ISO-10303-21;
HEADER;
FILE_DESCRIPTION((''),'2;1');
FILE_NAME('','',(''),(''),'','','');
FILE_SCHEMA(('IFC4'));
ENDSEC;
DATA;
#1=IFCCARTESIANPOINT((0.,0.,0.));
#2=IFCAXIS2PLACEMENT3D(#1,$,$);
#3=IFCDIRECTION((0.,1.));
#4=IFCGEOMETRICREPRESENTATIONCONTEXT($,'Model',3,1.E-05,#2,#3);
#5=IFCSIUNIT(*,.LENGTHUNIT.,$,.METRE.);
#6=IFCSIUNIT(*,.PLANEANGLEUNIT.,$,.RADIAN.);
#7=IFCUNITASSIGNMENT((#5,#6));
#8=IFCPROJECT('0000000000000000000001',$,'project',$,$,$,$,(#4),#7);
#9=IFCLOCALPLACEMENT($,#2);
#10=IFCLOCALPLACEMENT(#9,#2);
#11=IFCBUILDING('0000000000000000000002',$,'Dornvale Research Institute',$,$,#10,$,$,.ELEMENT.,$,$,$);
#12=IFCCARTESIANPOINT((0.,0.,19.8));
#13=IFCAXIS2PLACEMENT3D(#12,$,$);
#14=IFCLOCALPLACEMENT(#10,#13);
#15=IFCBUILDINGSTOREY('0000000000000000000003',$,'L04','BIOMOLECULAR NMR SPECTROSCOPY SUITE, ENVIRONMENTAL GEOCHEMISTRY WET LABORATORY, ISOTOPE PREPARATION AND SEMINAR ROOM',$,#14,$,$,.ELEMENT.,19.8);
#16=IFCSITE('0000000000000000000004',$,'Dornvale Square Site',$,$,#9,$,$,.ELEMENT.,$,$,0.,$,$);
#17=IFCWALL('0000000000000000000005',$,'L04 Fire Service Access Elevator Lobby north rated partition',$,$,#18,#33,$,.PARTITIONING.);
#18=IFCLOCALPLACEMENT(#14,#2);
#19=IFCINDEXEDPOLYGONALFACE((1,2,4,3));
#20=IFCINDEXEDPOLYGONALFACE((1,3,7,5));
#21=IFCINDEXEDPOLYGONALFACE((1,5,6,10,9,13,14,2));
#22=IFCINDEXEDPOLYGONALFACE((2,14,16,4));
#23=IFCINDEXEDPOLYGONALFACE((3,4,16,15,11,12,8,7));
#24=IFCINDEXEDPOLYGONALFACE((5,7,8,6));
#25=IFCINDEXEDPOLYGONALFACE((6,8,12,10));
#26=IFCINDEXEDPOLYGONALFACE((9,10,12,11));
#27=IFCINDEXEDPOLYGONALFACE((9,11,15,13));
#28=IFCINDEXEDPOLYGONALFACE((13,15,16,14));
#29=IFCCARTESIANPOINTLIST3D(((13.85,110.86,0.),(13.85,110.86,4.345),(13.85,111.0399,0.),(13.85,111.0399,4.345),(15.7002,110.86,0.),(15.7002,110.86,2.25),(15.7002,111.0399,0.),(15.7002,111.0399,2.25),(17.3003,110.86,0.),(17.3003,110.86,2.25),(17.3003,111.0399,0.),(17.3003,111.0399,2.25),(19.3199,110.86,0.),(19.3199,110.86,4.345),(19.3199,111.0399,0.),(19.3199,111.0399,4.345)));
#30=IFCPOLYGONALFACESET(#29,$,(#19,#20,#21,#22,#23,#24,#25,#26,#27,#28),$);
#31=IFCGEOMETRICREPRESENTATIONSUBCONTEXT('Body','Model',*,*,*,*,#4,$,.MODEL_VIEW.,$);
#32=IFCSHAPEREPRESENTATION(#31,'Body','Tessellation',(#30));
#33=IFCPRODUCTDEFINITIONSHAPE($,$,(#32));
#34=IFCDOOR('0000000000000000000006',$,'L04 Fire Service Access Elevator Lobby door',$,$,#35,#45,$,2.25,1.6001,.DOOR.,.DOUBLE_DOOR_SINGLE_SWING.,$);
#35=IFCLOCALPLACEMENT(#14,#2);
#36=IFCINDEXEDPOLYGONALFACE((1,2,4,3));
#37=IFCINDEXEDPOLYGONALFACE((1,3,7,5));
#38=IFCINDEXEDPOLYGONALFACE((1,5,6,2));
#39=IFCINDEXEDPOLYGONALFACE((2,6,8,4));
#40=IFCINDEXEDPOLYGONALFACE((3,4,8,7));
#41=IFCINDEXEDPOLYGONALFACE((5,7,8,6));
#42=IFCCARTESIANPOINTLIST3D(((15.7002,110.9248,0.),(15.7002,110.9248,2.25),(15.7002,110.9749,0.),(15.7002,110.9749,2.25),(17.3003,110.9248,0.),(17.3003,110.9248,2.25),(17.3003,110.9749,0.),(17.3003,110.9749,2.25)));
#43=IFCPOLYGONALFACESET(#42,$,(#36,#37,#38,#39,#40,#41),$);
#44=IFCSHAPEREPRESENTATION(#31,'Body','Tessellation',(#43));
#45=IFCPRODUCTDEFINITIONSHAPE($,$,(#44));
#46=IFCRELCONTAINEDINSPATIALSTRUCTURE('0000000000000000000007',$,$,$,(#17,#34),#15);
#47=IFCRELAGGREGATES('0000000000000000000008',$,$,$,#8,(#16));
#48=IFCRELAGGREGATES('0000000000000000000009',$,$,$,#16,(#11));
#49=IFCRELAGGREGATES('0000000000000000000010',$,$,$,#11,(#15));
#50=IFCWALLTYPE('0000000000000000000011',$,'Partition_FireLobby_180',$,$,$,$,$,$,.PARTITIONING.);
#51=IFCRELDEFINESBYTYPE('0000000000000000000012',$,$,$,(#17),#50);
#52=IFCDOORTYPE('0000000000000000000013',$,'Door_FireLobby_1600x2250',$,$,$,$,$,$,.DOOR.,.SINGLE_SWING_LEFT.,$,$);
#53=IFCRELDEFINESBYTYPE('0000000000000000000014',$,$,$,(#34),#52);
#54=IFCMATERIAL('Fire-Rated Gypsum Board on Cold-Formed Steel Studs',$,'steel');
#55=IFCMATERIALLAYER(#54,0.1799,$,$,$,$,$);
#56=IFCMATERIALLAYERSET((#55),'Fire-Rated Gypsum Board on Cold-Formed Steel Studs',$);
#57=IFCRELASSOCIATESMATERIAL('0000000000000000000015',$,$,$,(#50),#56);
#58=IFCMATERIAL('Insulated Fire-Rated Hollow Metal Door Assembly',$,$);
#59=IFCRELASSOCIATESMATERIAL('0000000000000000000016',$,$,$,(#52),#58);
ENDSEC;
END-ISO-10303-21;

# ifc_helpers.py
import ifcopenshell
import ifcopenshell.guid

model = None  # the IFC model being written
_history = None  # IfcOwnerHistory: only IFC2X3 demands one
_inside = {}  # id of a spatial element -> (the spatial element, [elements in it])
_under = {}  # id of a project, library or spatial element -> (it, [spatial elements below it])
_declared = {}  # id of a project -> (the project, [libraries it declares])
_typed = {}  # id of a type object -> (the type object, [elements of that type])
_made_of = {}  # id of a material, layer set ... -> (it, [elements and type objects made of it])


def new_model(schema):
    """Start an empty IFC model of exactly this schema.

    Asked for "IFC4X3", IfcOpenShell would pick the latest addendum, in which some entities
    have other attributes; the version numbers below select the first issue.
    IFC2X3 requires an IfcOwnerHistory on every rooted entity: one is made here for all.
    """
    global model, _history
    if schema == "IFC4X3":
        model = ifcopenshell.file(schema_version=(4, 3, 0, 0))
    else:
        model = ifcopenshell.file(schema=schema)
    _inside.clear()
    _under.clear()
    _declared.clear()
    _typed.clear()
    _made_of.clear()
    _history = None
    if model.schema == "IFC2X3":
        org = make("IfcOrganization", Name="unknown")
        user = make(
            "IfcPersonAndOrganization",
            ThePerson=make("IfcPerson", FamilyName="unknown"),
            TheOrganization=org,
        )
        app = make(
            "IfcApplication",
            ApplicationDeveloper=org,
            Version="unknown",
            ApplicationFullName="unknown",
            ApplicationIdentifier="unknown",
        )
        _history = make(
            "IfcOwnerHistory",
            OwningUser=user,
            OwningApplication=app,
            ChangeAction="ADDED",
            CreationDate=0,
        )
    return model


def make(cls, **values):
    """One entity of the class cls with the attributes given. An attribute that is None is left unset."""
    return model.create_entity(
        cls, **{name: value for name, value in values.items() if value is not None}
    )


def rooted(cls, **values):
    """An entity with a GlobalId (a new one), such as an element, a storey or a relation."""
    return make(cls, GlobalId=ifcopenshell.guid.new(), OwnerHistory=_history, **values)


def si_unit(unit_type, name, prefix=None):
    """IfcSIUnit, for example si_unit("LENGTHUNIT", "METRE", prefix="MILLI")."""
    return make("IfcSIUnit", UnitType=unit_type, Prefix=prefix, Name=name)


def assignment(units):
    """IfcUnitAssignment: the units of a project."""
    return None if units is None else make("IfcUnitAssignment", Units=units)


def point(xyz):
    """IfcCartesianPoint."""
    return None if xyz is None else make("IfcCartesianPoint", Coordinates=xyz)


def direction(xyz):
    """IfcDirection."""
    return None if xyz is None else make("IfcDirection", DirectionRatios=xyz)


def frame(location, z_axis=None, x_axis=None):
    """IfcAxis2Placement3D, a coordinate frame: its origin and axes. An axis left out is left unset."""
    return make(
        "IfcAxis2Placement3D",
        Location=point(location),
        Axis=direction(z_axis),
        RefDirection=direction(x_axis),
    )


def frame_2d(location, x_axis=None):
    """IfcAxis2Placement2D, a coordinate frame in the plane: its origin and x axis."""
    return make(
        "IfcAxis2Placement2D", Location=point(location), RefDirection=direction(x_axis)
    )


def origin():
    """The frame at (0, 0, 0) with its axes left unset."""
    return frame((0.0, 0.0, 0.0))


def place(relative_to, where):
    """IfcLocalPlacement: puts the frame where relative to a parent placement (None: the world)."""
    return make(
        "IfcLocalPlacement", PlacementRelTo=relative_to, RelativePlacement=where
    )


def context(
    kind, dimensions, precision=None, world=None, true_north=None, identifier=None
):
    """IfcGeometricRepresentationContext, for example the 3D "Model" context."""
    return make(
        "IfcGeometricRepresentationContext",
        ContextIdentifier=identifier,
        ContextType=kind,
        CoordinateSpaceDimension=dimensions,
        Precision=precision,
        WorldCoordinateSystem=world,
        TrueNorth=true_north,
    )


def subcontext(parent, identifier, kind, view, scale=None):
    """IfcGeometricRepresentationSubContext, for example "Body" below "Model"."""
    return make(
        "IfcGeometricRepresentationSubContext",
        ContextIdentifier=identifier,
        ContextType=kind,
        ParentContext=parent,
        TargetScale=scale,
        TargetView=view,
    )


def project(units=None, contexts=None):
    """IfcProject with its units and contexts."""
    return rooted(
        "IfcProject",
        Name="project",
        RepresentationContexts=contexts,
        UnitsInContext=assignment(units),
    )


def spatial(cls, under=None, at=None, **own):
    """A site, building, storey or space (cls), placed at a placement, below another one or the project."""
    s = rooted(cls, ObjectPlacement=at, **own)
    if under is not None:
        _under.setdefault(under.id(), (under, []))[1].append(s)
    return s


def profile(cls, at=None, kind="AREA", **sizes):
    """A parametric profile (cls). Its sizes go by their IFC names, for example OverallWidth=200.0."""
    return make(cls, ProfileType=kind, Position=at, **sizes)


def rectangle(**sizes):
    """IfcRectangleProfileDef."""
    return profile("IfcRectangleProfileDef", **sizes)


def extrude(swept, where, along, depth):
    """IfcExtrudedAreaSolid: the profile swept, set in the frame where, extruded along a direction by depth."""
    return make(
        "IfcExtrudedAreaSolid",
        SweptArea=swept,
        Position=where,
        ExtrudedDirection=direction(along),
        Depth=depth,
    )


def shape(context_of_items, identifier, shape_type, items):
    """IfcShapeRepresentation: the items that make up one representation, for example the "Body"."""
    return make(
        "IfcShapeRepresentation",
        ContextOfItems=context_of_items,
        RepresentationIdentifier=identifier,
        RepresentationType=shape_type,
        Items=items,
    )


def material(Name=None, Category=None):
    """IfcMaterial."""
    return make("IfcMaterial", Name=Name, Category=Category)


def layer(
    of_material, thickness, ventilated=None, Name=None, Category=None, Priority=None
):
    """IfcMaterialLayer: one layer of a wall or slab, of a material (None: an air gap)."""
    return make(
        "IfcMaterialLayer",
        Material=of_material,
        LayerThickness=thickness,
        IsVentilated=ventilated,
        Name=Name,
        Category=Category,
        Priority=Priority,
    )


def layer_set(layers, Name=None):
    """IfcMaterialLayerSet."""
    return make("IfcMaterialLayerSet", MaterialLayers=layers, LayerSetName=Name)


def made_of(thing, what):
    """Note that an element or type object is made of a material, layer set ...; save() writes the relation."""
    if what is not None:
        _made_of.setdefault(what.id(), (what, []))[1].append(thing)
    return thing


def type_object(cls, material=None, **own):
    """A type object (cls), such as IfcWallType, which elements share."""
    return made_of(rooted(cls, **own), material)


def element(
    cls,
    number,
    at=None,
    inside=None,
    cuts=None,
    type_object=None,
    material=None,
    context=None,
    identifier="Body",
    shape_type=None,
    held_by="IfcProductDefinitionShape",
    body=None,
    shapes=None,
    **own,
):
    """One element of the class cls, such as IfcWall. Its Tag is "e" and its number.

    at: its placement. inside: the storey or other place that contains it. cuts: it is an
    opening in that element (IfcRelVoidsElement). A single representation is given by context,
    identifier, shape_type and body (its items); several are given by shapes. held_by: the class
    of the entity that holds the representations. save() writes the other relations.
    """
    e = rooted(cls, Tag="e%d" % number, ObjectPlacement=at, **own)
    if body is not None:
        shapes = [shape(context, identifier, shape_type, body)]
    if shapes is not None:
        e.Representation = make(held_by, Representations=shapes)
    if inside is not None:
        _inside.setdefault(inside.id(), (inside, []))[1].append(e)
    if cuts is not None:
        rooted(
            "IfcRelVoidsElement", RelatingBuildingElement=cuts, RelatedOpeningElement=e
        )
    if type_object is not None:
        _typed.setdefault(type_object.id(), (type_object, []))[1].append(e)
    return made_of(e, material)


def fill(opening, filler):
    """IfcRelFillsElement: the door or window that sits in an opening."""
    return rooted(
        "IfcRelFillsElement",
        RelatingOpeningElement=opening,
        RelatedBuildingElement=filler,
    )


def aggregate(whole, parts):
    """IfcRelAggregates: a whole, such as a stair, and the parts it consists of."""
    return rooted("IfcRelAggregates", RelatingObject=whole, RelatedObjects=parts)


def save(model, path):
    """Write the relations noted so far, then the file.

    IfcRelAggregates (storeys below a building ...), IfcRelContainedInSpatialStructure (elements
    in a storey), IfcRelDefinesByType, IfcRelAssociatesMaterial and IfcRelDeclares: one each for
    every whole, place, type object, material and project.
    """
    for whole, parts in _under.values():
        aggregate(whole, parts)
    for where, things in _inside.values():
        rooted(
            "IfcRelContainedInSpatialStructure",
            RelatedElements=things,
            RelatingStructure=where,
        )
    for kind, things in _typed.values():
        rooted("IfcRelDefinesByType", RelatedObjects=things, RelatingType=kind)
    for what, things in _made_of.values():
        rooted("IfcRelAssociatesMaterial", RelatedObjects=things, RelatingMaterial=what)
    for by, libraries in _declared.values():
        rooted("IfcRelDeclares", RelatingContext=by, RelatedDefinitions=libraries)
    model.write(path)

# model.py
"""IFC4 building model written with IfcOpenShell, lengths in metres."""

from ifc_helpers import new_model, si_unit, direction, frame, frame_2d, origin, place, context, subcontext, project, spatial, rectangle, extrude, material, layer, layer_set, type_object, element, fill, save


model = new_model("IFC4")

# Units and contexts
model_context = context("Model", 3, precision=1e-05, world=origin(), true_north=direction((0.0, 1.0)))
body_context = subcontext(model_context, "Body", "Model", "MODEL_VIEW")
ifc_project = project(units=[si_unit("LENGTHUNIT", "METRE"), si_unit("PLANEANGLEUNIT", "RADIAN")], contexts=[model_context])

# Site, building, storey
site_placement = place(None, origin())
site = spatial("IfcSite", under=ifc_project, at=site_placement, Name="Dornvale Square Site", CompositionType="ELEMENT", RefElevation=0.0)
building_placement = place(site_placement, origin())
building = spatial("IfcBuilding", under=site, at=building_placement, Name="Dornvale Research Institute", CompositionType="ELEMENT")
storey_placement = place(building_placement, frame((0.0, 0.0, 19.8)))
storey = spatial("IfcBuildingStorey", under=building, at=storey_placement, Name="L04", Description="BIOMOLECULAR NMR SPECTROSCOPY SUITE, ENVIRONMENTAL GEOCHEMISTRY WET LABORATORY, ISOTOPE PREPARATION AND SEMINAR ROOM", CompositionType="ELEMENT", Elevation=19.8)

# Wall, opening, door
ifc_material_1 = material(Name="Fire-Rated Gypsum Board on Cold-Formed Steel Studs", Category="steel")
ifc_layer_1 = layer(ifc_material_1, 0.1799)
ifc_layer_set_1 = layer_set([ifc_layer_1], Name="Fire-Rated Gypsum Board on Cold-Formed Steel Studs")
wall_type_1 = type_object("IfcWallType", Name="Partition_FireLobby_180", PredefinedType="PARTITIONING", material=ifc_layer_set_1)
wall_1_placement = place(storey_placement, frame((13.8501, 110.95, 0.0), z_axis=(0.0, 0.0, 1.0), x_axis=(1.0, 0.0, 0.0)))
wall_1 = element("IfcWall", 1, at=wall_1_placement, inside=storey, type_object=wall_type_1, Name="L04 Fire Service Access Elevator Lobby north rated partition", PredefinedType="PARTITIONING", context=body_context, shape_type="SweptSolid", body=[
    extrude(rectangle(XDim=5.47, YDim=0.1799, at=frame_2d((2.7349, 0.0))), origin(), (0.0, 0.0, 1.0), 4.345),
])
opening_1_placement = place(wall_1_placement, frame((1.8501, 0.0, 0.0)))
opening_1 = element("IfcOpeningElement", 2, at=opening_1_placement, cuts=wall_1, PredefinedType="OPENING", context=body_context, shape_type="SweptSolid", body=[
    extrude(rectangle(XDim=1.6001, YDim=2.25, at=frame_2d((0.8, 1.125))), frame((0.0, 0.105, 0.0), z_axis=(0.0, -1.0, 0.0), x_axis=(1.0, 0.0, 0.0)), (0.0, 0.0, 1.0), 0.21),
])
ifc_material_2 = material(Name="Insulated Fire-Rated Hollow Metal Door Assembly")
door_type_1 = type_object("IfcDoorType", Name="Door_FireLobby_1600x2250", OperationType="SINGLE_SWING_LEFT", PredefinedType="DOOR", material=ifc_material_2)
door_1_placement = place(opening_1_placement, origin())
door_1 = element("IfcDoor", 3, at=door_1_placement, inside=storey, type_object=door_type_1, Name="L04 Fire Service Access Elevator Lobby door", OperationType="DOUBLE_DOOR_SINGLE_SWING", OverallHeight=2.25, OverallWidth=1.6001, PredefinedType="DOOR", context=body_context, shape_type="SweptSolid", body=[
    extrude(rectangle(XDim=1.6001, YDim=2.25, at=frame_2d((0.8, 1.125))), frame((0.0, 0.0249, 0.0), z_axis=(0.0, -1.0, 0.0), x_axis=(1.0, 0.0, 0.0)), (0.0, 0.0, 1.0), 0.05),
])
fill(opening_1, door_1)

save(model, "model.ifc")
